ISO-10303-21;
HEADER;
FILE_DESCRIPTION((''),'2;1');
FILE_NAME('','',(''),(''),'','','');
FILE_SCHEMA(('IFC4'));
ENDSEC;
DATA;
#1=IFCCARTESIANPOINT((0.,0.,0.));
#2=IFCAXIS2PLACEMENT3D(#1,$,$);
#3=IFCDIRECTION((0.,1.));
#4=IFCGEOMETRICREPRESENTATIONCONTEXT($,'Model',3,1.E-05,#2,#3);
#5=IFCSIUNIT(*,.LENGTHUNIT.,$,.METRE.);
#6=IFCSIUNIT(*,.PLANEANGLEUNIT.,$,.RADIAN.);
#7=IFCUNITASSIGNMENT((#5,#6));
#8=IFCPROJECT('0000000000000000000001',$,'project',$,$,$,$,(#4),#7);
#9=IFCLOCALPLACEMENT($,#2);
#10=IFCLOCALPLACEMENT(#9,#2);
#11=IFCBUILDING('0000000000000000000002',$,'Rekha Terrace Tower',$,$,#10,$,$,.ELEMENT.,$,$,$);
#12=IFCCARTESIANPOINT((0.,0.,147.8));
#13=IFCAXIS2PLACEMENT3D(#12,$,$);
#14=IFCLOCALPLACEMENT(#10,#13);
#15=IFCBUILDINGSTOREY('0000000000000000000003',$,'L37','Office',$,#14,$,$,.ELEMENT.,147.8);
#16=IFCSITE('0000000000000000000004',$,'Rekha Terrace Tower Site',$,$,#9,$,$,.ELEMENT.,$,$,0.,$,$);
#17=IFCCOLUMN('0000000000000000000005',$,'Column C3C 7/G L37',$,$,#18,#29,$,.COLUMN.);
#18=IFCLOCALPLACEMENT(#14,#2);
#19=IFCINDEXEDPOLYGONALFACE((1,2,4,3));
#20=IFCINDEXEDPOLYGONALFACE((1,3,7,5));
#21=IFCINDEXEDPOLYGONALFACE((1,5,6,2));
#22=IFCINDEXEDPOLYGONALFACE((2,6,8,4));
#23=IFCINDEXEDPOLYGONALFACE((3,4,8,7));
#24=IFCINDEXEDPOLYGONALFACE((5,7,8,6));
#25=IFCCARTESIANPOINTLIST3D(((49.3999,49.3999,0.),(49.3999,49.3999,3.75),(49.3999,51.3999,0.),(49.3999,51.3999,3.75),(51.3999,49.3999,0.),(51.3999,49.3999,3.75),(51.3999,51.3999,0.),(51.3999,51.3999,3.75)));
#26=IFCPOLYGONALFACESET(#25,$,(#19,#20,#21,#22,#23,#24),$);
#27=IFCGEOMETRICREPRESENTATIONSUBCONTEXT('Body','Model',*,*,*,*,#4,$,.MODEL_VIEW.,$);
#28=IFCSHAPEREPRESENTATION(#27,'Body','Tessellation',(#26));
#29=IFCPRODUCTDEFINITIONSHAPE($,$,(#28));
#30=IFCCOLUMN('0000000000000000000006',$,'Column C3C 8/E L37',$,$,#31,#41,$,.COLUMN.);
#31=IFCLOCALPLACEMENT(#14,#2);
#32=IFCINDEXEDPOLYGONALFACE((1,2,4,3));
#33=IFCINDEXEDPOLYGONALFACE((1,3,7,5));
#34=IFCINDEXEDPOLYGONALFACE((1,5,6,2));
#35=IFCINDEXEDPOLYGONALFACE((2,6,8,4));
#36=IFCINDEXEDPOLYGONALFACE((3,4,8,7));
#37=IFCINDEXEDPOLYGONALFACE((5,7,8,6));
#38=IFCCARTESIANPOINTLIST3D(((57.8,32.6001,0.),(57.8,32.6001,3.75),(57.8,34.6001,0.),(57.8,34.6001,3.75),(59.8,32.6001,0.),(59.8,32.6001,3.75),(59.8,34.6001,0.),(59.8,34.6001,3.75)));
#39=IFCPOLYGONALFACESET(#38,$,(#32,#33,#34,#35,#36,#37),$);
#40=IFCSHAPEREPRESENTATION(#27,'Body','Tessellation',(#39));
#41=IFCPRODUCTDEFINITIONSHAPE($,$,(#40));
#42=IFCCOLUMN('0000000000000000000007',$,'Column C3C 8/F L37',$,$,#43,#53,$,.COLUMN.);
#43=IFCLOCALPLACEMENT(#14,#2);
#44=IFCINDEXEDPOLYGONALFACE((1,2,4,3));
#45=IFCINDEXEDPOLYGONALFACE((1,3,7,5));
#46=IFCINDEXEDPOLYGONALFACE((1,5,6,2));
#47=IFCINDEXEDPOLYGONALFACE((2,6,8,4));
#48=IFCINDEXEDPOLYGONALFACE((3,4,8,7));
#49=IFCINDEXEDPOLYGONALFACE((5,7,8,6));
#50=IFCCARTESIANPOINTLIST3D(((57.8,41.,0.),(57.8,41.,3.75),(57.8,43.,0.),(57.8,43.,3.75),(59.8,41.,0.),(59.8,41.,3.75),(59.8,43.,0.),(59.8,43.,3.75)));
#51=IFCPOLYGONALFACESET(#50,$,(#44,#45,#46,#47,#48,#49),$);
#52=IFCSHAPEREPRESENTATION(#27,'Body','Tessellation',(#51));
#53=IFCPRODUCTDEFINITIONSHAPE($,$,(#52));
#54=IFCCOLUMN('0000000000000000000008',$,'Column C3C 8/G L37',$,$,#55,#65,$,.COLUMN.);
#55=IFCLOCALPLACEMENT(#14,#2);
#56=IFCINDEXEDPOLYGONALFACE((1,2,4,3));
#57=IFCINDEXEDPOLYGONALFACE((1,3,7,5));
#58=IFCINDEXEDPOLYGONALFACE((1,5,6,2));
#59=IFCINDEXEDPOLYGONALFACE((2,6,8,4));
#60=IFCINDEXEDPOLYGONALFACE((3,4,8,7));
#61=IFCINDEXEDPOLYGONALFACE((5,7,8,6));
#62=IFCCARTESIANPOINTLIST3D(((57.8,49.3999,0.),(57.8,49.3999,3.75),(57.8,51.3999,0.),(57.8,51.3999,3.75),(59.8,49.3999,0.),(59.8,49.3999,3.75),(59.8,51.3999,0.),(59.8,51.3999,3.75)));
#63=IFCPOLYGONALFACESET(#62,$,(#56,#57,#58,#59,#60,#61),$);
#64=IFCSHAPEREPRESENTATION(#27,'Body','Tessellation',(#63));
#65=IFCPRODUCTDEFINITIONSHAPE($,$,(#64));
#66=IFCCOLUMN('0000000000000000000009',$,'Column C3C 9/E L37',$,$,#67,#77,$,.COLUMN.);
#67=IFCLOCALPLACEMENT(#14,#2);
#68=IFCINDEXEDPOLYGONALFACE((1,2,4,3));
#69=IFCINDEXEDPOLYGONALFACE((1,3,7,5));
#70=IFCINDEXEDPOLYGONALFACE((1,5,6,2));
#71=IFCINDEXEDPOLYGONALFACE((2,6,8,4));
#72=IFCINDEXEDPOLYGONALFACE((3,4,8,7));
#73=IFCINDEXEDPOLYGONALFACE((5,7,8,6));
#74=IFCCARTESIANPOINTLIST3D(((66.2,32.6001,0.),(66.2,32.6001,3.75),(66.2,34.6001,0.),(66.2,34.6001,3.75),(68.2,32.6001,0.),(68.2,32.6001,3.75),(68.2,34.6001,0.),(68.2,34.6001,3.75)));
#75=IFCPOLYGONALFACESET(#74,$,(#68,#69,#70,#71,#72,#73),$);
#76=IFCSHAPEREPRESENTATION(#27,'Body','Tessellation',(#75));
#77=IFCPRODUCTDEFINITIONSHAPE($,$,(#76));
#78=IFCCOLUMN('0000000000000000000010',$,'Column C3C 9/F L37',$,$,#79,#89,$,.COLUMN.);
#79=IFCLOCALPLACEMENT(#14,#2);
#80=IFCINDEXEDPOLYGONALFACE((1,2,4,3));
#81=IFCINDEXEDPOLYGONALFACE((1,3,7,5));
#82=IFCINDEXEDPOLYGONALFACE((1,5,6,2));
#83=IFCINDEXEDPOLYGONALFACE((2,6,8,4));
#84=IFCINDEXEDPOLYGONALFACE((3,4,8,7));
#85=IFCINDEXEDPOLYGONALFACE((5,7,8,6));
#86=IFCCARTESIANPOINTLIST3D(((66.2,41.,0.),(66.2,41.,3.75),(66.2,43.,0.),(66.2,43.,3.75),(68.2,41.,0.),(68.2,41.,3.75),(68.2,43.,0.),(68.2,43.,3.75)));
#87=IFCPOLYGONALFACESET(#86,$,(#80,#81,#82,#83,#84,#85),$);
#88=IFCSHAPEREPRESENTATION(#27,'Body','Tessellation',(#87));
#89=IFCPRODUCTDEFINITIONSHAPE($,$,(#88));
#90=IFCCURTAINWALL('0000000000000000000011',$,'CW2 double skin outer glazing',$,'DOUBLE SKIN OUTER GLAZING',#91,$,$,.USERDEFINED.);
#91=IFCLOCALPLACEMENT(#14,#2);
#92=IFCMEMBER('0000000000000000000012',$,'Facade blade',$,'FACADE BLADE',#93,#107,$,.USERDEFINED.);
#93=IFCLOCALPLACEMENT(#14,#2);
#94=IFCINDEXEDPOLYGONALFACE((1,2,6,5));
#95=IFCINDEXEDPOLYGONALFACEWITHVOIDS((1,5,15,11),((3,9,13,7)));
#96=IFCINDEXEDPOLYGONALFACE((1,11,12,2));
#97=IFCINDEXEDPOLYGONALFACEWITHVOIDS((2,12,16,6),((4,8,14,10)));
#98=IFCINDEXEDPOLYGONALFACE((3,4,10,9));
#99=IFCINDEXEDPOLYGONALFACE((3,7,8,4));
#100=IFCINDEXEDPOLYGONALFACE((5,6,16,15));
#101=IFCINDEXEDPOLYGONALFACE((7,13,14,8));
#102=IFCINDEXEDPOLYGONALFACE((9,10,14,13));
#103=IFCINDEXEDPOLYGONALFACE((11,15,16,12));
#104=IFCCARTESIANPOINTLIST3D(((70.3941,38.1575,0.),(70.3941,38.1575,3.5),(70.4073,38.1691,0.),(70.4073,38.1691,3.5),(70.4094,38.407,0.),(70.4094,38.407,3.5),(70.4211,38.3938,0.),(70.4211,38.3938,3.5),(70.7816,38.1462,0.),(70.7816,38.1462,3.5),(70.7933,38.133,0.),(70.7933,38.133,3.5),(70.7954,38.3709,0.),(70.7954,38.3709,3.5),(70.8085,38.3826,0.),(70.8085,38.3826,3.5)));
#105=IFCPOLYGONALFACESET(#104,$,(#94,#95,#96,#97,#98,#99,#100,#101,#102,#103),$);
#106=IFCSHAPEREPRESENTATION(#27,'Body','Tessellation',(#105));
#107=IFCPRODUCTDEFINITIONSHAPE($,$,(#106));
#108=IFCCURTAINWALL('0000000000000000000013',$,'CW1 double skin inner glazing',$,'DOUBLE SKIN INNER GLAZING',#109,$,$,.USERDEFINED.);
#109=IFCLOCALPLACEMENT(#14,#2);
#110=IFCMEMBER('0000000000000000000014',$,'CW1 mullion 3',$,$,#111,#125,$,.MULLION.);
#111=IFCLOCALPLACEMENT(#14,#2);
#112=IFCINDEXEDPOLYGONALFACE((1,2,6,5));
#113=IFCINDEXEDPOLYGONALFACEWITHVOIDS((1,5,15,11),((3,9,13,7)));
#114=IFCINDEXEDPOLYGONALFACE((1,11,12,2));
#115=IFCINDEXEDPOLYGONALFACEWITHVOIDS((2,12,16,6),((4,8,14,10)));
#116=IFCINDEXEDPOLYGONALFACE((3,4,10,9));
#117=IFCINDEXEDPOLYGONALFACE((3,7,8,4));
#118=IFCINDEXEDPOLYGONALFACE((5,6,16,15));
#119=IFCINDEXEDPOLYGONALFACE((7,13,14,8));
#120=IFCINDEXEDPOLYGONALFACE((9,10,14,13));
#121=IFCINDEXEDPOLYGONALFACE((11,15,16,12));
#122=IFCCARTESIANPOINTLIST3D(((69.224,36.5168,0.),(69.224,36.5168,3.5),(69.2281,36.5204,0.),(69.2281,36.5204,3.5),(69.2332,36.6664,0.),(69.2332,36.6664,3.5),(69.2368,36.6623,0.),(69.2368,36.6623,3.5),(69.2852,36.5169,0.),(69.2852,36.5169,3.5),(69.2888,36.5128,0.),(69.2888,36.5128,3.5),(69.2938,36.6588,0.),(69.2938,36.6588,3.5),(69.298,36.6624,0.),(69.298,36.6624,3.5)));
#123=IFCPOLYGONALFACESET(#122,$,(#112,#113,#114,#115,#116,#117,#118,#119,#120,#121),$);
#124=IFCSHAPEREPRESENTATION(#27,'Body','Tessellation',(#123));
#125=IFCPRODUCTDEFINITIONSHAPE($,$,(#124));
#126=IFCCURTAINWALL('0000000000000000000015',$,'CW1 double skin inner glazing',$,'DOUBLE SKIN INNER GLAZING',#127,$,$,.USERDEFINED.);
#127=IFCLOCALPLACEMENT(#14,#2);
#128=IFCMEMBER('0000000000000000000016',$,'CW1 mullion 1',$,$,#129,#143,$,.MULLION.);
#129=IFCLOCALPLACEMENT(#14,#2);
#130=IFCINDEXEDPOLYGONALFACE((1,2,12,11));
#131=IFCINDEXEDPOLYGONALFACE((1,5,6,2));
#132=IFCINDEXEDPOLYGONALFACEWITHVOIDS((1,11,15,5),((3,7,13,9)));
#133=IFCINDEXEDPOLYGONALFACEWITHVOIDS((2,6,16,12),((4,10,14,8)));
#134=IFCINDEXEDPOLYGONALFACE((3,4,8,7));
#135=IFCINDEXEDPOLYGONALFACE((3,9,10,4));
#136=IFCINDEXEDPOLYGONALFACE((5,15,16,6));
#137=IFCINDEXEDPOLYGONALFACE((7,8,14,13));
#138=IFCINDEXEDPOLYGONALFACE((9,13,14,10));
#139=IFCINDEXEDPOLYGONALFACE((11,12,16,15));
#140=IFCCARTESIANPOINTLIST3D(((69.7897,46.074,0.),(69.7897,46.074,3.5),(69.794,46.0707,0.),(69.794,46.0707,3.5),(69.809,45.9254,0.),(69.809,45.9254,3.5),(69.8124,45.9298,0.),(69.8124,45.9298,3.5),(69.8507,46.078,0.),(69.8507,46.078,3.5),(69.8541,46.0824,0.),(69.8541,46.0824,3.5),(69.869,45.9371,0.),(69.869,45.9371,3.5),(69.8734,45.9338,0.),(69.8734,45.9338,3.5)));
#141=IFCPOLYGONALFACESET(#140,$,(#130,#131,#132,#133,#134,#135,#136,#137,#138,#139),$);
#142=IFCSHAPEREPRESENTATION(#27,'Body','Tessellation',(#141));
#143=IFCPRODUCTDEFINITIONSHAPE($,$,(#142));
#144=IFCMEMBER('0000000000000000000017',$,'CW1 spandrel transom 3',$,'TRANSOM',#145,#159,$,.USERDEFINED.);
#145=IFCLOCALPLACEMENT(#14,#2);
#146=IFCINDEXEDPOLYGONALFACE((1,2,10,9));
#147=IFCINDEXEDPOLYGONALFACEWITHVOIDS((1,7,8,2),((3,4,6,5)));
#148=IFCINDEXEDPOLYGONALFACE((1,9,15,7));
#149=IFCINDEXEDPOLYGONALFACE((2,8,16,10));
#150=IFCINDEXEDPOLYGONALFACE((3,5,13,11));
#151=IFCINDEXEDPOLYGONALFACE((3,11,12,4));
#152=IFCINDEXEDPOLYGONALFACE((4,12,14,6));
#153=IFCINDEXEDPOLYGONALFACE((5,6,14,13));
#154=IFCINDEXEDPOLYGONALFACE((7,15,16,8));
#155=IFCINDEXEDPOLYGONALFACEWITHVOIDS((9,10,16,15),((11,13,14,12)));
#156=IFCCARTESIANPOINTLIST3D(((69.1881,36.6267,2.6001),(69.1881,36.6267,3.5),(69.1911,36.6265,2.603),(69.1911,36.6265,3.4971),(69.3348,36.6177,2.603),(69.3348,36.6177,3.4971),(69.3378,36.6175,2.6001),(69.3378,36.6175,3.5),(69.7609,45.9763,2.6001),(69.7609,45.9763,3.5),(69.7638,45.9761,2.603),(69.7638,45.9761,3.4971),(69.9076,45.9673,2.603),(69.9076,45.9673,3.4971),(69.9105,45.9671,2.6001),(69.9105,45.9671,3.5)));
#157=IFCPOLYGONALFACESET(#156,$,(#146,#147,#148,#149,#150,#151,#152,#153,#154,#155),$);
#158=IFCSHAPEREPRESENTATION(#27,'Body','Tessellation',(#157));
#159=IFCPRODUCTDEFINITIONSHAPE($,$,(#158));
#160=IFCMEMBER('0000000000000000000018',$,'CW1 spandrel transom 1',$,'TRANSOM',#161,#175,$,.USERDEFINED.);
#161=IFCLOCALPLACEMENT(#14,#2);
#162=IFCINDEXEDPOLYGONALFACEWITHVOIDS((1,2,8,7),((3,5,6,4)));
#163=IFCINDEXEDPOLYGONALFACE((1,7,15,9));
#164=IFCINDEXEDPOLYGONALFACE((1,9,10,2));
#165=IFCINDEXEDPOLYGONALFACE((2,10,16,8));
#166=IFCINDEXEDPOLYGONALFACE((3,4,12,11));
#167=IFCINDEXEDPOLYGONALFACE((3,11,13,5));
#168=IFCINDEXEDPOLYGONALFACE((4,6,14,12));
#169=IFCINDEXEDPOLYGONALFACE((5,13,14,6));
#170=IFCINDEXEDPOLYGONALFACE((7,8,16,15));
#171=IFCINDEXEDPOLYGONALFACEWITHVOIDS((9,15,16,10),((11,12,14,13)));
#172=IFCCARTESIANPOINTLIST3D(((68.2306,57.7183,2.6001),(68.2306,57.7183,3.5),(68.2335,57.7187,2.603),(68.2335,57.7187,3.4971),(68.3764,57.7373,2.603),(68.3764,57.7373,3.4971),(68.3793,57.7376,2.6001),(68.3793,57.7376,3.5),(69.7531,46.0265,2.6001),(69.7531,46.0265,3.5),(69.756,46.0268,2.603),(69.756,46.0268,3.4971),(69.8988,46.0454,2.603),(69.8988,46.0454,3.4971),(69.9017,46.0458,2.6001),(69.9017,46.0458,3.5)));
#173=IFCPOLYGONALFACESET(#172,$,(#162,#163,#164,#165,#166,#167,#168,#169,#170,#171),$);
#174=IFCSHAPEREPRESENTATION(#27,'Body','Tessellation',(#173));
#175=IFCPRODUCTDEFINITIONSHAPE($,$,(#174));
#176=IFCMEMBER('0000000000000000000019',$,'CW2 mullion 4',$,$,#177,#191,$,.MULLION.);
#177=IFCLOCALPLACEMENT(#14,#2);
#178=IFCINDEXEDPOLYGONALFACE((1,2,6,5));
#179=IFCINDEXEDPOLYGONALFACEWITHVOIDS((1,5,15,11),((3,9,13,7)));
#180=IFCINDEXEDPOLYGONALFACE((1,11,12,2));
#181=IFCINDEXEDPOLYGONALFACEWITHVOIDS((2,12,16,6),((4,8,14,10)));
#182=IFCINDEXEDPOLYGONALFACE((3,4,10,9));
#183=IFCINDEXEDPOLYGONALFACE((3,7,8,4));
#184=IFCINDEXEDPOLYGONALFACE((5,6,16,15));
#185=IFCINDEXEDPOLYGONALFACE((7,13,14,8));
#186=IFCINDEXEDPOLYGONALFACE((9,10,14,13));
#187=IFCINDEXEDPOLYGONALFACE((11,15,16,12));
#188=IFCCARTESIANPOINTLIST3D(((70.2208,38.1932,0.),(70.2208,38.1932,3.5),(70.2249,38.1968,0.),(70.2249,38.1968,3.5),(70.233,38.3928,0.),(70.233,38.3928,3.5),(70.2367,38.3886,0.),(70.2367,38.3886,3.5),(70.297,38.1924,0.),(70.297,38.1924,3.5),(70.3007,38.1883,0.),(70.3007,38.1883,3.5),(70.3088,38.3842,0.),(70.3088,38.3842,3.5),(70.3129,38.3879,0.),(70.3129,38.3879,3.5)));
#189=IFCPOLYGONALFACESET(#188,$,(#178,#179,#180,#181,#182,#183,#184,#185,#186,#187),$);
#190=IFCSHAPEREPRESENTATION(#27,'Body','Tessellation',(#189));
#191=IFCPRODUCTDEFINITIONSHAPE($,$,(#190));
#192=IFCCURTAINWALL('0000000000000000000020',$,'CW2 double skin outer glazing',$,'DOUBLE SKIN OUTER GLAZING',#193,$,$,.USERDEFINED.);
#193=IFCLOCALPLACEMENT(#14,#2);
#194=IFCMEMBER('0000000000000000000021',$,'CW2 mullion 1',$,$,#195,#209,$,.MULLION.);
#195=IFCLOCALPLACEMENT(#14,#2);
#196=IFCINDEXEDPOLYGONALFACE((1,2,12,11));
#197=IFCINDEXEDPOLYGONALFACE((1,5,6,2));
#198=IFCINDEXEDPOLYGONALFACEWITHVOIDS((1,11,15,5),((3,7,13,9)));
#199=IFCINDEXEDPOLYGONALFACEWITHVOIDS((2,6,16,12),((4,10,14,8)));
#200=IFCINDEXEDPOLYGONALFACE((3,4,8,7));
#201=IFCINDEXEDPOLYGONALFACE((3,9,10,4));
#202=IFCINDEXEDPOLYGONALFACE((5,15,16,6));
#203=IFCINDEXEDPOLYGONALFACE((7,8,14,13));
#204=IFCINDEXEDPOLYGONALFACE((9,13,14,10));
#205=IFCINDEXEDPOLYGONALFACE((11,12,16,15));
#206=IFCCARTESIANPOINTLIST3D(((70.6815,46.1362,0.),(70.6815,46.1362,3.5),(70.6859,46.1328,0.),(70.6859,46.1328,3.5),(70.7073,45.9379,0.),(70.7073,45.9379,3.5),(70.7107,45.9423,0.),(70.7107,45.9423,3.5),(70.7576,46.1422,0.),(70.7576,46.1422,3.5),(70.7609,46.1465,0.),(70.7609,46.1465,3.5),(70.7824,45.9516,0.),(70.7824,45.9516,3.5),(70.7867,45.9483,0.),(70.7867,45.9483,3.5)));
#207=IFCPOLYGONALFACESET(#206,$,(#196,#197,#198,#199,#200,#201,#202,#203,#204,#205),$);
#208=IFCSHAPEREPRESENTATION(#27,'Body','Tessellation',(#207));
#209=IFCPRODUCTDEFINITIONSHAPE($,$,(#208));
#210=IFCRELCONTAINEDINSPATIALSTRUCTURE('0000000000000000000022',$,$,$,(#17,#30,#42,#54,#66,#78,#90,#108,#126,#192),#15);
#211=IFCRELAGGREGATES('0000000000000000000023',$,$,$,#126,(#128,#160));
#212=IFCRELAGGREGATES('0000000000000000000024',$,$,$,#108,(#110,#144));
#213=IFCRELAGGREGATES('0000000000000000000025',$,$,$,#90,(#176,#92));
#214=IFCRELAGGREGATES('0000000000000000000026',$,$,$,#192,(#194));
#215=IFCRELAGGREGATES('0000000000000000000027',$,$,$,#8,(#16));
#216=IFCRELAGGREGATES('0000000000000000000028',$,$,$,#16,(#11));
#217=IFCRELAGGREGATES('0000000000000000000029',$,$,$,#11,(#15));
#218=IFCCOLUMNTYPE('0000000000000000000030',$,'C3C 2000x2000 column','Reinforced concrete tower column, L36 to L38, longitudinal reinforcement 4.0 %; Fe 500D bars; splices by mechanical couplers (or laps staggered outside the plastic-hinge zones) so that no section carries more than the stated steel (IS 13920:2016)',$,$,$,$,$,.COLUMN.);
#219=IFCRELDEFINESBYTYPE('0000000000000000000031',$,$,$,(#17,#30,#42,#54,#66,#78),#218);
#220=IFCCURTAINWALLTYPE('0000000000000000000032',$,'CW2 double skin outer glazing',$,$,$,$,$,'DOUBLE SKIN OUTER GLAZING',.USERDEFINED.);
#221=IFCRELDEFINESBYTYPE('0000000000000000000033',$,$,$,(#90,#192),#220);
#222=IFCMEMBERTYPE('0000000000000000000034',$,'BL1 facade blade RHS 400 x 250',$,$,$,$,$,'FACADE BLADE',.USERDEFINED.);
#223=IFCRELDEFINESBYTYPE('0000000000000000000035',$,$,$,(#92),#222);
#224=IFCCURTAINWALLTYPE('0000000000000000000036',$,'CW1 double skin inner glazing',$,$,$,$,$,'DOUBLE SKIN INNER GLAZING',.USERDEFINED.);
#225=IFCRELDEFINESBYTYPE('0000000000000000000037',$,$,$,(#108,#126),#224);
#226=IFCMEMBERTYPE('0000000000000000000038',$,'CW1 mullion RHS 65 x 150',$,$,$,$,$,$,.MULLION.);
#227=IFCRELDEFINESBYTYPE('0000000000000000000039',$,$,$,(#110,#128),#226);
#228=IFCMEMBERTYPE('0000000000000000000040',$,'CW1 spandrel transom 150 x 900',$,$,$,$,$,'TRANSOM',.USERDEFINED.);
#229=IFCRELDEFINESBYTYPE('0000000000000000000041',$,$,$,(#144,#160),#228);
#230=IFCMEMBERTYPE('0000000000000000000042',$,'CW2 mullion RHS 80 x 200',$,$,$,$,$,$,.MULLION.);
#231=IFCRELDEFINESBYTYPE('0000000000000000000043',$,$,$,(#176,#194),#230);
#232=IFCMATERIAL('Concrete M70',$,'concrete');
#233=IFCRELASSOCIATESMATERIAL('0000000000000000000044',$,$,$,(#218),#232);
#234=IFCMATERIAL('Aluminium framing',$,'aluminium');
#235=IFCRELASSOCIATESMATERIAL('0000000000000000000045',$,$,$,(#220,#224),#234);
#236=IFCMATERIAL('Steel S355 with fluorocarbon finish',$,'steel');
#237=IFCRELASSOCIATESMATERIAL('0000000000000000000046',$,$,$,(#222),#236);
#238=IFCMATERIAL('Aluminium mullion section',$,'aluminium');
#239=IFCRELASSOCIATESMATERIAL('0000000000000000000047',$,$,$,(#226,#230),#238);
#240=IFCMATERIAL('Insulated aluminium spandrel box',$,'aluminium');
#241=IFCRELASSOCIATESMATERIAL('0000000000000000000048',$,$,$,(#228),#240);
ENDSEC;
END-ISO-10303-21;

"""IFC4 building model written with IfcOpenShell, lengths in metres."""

from ifc_helpers import new_model, si_unit, direction, frame, origin, origin_2d, place, context, subcontext, project, spatial, rectangle, hollow_rectangle, extrude, material, material_profile, profile_set, type_object, element, aggregate, save


model = new_model("IFC4")

# Units and contexts
model_context = context("Model", 3, precision=1e-05, world=origin(), true_north=direction((0.0, 1.0)))
body_context = subcontext(model_context, "Body", "Model", "MODEL_VIEW")
ifc_project = project(units=[si_unit("LENGTHUNIT", "METRE"), si_unit("PLANEANGLEUNIT", "RADIAN")], contexts=[model_context])

# Site, building, storey
site_placement = place(None, origin())
site = spatial("IfcSite", under=ifc_project, at=site_placement, Name="Rekha Terrace Tower Site", CompositionType="ELEMENT", RefElevation=0.0)
building_placement = place(site_placement, origin())
building = spatial("IfcBuilding", under=site, at=building_placement, Name="Rekha Terrace Tower", CompositionType="ELEMENT")
storey_placement = place(building_placement, frame((0.0, 0.0, 147.8)))
storey = spatial("IfcBuildingStorey", under=building, at=storey_placement, Name="L37", Description="Office", CompositionType="ELEMENT", Elevation=147.8)

# Columns
ifc_material_1 = material(Name="Concrete M70", Category="concrete")
ifc_material_profile_1 = material_profile(ifc_material_1, rectangle(XDim=2.0, YDim=2.0, at=origin_2d()), Name="RC 2000x2000")
ifc_profile_set_1 = profile_set([ifc_material_profile_1], Name="Concrete M70")
column_type = type_object("IfcColumnType", Name="C3C 2000x2000 column", Description="Reinforced concrete tower column, L36 to L38, longitudinal reinforcement 4.0 %; Fe 500D bars; splices by mechanical couplers (or laps staggered outside the plastic-hinge zones) so that no section carries more than the stated steel (IS 13920:2016)", PredefinedType="COLUMN", material=ifc_profile_set_1)
for number, where, z_axis, x_axis, name in (
    (1, (50.3999, 50.3999, 0.0), (0.0, 0.0, 1.0), (1.0, 0.0, 0.0), "Column C3C 7/G L37"),
    (2, (58.8, 33.6001, 0.0), (0.0, 0.0, 1.0), (1.0, 0.0, 0.0), "Column C3C 8/E L37"),
    (3, (58.8, 42.0, 0.0), (0.0, 0.0, 1.0), (1.0, 0.0, 0.0), "Column C3C 8/F L37"),
    (4, (58.8, 50.3999, 0.0), (0.0, 0.0, 1.0), (1.0, 0.0, 0.0), "Column C3C 8/G L37"),
    (5, (67.2, 33.6001, 0.0), (0.0, 0.0, 1.0), (1.0, 0.0, 0.0), "Column C3C 9/E L37"),
    (6, (67.2, 42.0, 0.0), (0.0, 0.0, 1.0), (1.0, 0.0, 0.0), "Column C3C 9/F L37"),
):
    element("IfcColumn", number, at=place(storey_placement, frame(where, z_axis=z_axis, x_axis=x_axis)), inside=storey, type_object=column_type, Name=name, PredefinedType="COLUMN", context=body_context, shape_type="SweptSolid", body=[
        extrude(rectangle(XDim=2.0, YDim=2.0, at=origin_2d()), origin(), (0.0, 0.0, 1.0), 3.75),
    ])

# Curtain walls, members
ifc_material_2 = material(Name="Aluminium framing", Category="aluminium")
curtain_wall_type_1 = type_object("IfcCurtainWallType", Name="CW2 double skin outer glazing", ElementType="DOUBLE SKIN OUTER GLAZING", PredefinedType="USERDEFINED", material=ifc_material_2)
curtain_wall_1_placement = place(storey_placement, origin())
curtain_wall_1 = element("IfcCurtainWall", 7, at=curtain_wall_1_placement, inside=storey, type_object=curtain_wall_type_1, Name="CW2 double skin outer glazing", ObjectType="DOUBLE SKIN OUTER GLAZING", PredefinedType="USERDEFINED")
ifc_material_3 = material(Name="Steel S355 with fluorocarbon finish", Category="steel")
ifc_material_profile_2 = material_profile(ifc_material_3, hollow_rectangle(XDim=0.25, YDim=0.3999, WallThickness=0.0125, at=origin_2d()), Name="RHS400x250x12.5")
ifc_profile_set_2 = profile_set([ifc_material_profile_2], Name="Steel S355 with fluorocarbon finish")
member_type_1 = type_object("IfcMemberType", Name="BL1 facade blade RHS 400 x 250", ElementType="FACADE BLADE", PredefinedType="USERDEFINED", material=ifc_profile_set_2)
member_1_placement = place(storey_placement, frame((70.6013, 38.27, 0.0), z_axis=(0.0, 0.0, 1.0), x_axis=(0.06116, 0.998128, 0.0)))
member_1 = element("IfcMember", 8, at=member_1_placement, type_object=member_type_1, Name="Facade blade", ObjectType="FACADE BLADE", PredefinedType="USERDEFINED", context=body_context, shape_type="SweptSolid", body=[
    extrude(hollow_rectangle(XDim=0.25, YDim=0.3999, WallThickness=0.0125, at=origin_2d()), origin(), (0.0, 0.0, 1.0), 3.5),
])
curtain_wall_type_2 = type_object("IfcCurtainWallType", Name="CW1 double skin inner glazing", ElementType="DOUBLE SKIN INNER GLAZING", PredefinedType="USERDEFINED", material=ifc_material_2)
curtain_wall_2_placement = place(storey_placement, origin())
curtain_wall_2 = element("IfcCurtainWall", 9, at=curtain_wall_2_placement, inside=storey, type_object=curtain_wall_type_2, Name="CW1 double skin inner glazing", ObjectType="DOUBLE SKIN INNER GLAZING", PredefinedType="USERDEFINED")
ifc_material_4 = material(Name="Aluminium mullion section", Category="aluminium")
ifc_material_profile_3 = material_profile(ifc_material_4, hollow_rectangle(XDim=0.0649, YDim=0.1499, WallThickness=0.0039, at=origin_2d()), Name="AL RHS 65x150")
ifc_profile_set_3 = profile_set([ifc_material_profile_3], Name="Aluminium mullion section")
member_type_2 = type_object("IfcMemberType", Name="CW1 mullion RHS 65 x 150", PredefinedType="MULLION", material=ifc_profile_set_3)
member_2_placement = place(storey_placement, frame((69.261, 36.5896, 0.0), z_axis=(0.0, 0.0, 1.0), x_axis=(-0.998128, 0.06116, 0.0)))
member_2 = element("IfcMember", 10, at=member_2_placement, type_object=member_type_2, Name="CW1 mullion 3", PredefinedType="MULLION", context=body_context, shape_type="SweptSolid", body=[
    extrude(hollow_rectangle(XDim=0.0649, YDim=0.1499, WallThickness=0.0039, at=origin_2d()), origin(), (0.0, 0.0, 1.0), 3.5),
])
curtain_wall_3_placement = place(storey_placement, origin())
curtain_wall_3 = element("IfcCurtainWall", 11, at=curtain_wall_3_placement, inside=storey, type_object=curtain_wall_type_2, Name="CW1 double skin inner glazing", ObjectType="DOUBLE SKIN INNER GLAZING", PredefinedType="USERDEFINED")
member_3_placement = place(storey_placement, frame((69.8315, 46.0039, 0.0), z_axis=(0.0, 0.0, 1.0), x_axis=(-0.991629, -0.129118, 0.0)))
member_3 = element("IfcMember", 12, at=member_3_placement, type_object=member_type_2, Name="CW1 mullion 1", PredefinedType="MULLION", context=body_context, shape_type="SweptSolid", body=[
    extrude(hollow_rectangle(XDim=0.0649, YDim=0.1499, WallThickness=0.0039, at=origin_2d()), origin(), (0.0, 0.0, 1.0), 3.5),
])

# Members
ifc_material_5 = material(Name="Insulated aluminium spandrel box", Category="aluminium")
ifc_material_profile_4 = material_profile(ifc_material_5, hollow_rectangle(XDim=0.1499, YDim=0.8999, WallThickness=0.0029, at=origin_2d()), Name="AL SPANDREL BOX 150x900")
ifc_profile_set_4 = profile_set([ifc_material_profile_4], Name="Insulated aluminium spandrel box")
member_type_3 = type_object("IfcMemberType", Name="CW1 spandrel transom 150 x 900", ElementType="TRANSOM", PredefinedType="USERDEFINED", material=ifc_profile_set_4)
member_4_placement = place(storey_placement, frame((69.2629, 36.6221, 3.05), z_axis=(0.061145, 0.998129, 0.0), x_axis=(-0.998129, 0.061145, 0.0)))
member_4 = element("IfcMember", 13, at=member_4_placement, type_object=member_type_3, Name="CW1 spandrel transom 3", ObjectType="TRANSOM", PredefinedType="USERDEFINED", context=body_context, shape_type="SweptSolid", body=[
    extrude(hollow_rectangle(XDim=0.1499, YDim=0.8999, WallThickness=0.0029, at=origin_2d()), origin(), (0.0, 0.0, 1.0), 9.3672),
])
member_5_placement = place(storey_placement, frame((69.8274, 46.0361, 3.05), z_axis=(-0.129125, 0.991628, 0.0), x_axis=(-0.991628, -0.129125, 0.0)))
member_5 = element("IfcMember", 14, at=member_5_placement, type_object=member_type_3, Name="CW1 spandrel transom 1", ObjectType="TRANSOM", PredefinedType="USERDEFINED", context=body_context, shape_type="SweptSolid", body=[
    extrude(hollow_rectangle(XDim=0.1499, YDim=0.8999, WallThickness=0.0029, at=origin_2d()), origin(), (0.0, 0.0, 1.0), 11.7905),
])
aggregate(curtain_wall_3, [member_3, member_5])
ifc_material_profile_5 = material_profile(ifc_material_4, hollow_rectangle(XDim=0.0801, YDim=0.2, WallThickness=0.0039, at=origin_2d()), Name="AL RHS 80x200")
ifc_profile_set_5 = profile_set([ifc_material_profile_5], Name="Aluminium mullion section")
member_type_4 = type_object("IfcMemberType", Name="CW2 mullion RHS 80 x 200", PredefinedType="MULLION", material=ifc_profile_set_5)
member_6_placement = place(storey_placement, frame((70.2668, 38.2905, 0.0), z_axis=(0.0, 0.0, 1.0), x_axis=(-0.998128, 0.06116, 0.0)))
member_6 = element("IfcMember", 15, at=member_6_placement, type_object=member_type_4, Name="CW2 mullion 4", PredefinedType="MULLION", context=body_context, shape_type="SweptSolid", body=[
    extrude(hollow_rectangle(XDim=0.0801, YDim=0.2, WallThickness=0.0039, at=origin_2d()), origin(), (0.0, 0.0, 1.0), 3.5),
])

# Curtain wall, member
curtain_wall_4_placement = place(storey_placement, origin())
curtain_wall_4 = element("IfcCurtainWall", 16, at=curtain_wall_4_placement, inside=storey, type_object=curtain_wall_type_1, Name="CW2 double skin outer glazing", ObjectType="DOUBLE SKIN OUTER GLAZING", PredefinedType="USERDEFINED")
member_7_placement = place(storey_placement, frame((70.7341, 46.0422, 0.0), z_axis=(0.0, 0.0, 1.0), x_axis=(-0.991629, -0.129118, 0.0)))
member_7 = element("IfcMember", 17, at=member_7_placement, type_object=member_type_4, Name="CW2 mullion 1", PredefinedType="MULLION", context=body_context, shape_type="SweptSolid", body=[
    extrude(hollow_rectangle(XDim=0.0801, YDim=0.2, WallThickness=0.0039, at=origin_2d()), origin(), (0.0, 0.0, 1.0), 3.5),
])

aggregate(curtain_wall_2, [member_2, member_4])
aggregate(curtain_wall_1, [member_6, member_1])
aggregate(curtain_wall_4, [member_7])

save(model, "model.ifc")
